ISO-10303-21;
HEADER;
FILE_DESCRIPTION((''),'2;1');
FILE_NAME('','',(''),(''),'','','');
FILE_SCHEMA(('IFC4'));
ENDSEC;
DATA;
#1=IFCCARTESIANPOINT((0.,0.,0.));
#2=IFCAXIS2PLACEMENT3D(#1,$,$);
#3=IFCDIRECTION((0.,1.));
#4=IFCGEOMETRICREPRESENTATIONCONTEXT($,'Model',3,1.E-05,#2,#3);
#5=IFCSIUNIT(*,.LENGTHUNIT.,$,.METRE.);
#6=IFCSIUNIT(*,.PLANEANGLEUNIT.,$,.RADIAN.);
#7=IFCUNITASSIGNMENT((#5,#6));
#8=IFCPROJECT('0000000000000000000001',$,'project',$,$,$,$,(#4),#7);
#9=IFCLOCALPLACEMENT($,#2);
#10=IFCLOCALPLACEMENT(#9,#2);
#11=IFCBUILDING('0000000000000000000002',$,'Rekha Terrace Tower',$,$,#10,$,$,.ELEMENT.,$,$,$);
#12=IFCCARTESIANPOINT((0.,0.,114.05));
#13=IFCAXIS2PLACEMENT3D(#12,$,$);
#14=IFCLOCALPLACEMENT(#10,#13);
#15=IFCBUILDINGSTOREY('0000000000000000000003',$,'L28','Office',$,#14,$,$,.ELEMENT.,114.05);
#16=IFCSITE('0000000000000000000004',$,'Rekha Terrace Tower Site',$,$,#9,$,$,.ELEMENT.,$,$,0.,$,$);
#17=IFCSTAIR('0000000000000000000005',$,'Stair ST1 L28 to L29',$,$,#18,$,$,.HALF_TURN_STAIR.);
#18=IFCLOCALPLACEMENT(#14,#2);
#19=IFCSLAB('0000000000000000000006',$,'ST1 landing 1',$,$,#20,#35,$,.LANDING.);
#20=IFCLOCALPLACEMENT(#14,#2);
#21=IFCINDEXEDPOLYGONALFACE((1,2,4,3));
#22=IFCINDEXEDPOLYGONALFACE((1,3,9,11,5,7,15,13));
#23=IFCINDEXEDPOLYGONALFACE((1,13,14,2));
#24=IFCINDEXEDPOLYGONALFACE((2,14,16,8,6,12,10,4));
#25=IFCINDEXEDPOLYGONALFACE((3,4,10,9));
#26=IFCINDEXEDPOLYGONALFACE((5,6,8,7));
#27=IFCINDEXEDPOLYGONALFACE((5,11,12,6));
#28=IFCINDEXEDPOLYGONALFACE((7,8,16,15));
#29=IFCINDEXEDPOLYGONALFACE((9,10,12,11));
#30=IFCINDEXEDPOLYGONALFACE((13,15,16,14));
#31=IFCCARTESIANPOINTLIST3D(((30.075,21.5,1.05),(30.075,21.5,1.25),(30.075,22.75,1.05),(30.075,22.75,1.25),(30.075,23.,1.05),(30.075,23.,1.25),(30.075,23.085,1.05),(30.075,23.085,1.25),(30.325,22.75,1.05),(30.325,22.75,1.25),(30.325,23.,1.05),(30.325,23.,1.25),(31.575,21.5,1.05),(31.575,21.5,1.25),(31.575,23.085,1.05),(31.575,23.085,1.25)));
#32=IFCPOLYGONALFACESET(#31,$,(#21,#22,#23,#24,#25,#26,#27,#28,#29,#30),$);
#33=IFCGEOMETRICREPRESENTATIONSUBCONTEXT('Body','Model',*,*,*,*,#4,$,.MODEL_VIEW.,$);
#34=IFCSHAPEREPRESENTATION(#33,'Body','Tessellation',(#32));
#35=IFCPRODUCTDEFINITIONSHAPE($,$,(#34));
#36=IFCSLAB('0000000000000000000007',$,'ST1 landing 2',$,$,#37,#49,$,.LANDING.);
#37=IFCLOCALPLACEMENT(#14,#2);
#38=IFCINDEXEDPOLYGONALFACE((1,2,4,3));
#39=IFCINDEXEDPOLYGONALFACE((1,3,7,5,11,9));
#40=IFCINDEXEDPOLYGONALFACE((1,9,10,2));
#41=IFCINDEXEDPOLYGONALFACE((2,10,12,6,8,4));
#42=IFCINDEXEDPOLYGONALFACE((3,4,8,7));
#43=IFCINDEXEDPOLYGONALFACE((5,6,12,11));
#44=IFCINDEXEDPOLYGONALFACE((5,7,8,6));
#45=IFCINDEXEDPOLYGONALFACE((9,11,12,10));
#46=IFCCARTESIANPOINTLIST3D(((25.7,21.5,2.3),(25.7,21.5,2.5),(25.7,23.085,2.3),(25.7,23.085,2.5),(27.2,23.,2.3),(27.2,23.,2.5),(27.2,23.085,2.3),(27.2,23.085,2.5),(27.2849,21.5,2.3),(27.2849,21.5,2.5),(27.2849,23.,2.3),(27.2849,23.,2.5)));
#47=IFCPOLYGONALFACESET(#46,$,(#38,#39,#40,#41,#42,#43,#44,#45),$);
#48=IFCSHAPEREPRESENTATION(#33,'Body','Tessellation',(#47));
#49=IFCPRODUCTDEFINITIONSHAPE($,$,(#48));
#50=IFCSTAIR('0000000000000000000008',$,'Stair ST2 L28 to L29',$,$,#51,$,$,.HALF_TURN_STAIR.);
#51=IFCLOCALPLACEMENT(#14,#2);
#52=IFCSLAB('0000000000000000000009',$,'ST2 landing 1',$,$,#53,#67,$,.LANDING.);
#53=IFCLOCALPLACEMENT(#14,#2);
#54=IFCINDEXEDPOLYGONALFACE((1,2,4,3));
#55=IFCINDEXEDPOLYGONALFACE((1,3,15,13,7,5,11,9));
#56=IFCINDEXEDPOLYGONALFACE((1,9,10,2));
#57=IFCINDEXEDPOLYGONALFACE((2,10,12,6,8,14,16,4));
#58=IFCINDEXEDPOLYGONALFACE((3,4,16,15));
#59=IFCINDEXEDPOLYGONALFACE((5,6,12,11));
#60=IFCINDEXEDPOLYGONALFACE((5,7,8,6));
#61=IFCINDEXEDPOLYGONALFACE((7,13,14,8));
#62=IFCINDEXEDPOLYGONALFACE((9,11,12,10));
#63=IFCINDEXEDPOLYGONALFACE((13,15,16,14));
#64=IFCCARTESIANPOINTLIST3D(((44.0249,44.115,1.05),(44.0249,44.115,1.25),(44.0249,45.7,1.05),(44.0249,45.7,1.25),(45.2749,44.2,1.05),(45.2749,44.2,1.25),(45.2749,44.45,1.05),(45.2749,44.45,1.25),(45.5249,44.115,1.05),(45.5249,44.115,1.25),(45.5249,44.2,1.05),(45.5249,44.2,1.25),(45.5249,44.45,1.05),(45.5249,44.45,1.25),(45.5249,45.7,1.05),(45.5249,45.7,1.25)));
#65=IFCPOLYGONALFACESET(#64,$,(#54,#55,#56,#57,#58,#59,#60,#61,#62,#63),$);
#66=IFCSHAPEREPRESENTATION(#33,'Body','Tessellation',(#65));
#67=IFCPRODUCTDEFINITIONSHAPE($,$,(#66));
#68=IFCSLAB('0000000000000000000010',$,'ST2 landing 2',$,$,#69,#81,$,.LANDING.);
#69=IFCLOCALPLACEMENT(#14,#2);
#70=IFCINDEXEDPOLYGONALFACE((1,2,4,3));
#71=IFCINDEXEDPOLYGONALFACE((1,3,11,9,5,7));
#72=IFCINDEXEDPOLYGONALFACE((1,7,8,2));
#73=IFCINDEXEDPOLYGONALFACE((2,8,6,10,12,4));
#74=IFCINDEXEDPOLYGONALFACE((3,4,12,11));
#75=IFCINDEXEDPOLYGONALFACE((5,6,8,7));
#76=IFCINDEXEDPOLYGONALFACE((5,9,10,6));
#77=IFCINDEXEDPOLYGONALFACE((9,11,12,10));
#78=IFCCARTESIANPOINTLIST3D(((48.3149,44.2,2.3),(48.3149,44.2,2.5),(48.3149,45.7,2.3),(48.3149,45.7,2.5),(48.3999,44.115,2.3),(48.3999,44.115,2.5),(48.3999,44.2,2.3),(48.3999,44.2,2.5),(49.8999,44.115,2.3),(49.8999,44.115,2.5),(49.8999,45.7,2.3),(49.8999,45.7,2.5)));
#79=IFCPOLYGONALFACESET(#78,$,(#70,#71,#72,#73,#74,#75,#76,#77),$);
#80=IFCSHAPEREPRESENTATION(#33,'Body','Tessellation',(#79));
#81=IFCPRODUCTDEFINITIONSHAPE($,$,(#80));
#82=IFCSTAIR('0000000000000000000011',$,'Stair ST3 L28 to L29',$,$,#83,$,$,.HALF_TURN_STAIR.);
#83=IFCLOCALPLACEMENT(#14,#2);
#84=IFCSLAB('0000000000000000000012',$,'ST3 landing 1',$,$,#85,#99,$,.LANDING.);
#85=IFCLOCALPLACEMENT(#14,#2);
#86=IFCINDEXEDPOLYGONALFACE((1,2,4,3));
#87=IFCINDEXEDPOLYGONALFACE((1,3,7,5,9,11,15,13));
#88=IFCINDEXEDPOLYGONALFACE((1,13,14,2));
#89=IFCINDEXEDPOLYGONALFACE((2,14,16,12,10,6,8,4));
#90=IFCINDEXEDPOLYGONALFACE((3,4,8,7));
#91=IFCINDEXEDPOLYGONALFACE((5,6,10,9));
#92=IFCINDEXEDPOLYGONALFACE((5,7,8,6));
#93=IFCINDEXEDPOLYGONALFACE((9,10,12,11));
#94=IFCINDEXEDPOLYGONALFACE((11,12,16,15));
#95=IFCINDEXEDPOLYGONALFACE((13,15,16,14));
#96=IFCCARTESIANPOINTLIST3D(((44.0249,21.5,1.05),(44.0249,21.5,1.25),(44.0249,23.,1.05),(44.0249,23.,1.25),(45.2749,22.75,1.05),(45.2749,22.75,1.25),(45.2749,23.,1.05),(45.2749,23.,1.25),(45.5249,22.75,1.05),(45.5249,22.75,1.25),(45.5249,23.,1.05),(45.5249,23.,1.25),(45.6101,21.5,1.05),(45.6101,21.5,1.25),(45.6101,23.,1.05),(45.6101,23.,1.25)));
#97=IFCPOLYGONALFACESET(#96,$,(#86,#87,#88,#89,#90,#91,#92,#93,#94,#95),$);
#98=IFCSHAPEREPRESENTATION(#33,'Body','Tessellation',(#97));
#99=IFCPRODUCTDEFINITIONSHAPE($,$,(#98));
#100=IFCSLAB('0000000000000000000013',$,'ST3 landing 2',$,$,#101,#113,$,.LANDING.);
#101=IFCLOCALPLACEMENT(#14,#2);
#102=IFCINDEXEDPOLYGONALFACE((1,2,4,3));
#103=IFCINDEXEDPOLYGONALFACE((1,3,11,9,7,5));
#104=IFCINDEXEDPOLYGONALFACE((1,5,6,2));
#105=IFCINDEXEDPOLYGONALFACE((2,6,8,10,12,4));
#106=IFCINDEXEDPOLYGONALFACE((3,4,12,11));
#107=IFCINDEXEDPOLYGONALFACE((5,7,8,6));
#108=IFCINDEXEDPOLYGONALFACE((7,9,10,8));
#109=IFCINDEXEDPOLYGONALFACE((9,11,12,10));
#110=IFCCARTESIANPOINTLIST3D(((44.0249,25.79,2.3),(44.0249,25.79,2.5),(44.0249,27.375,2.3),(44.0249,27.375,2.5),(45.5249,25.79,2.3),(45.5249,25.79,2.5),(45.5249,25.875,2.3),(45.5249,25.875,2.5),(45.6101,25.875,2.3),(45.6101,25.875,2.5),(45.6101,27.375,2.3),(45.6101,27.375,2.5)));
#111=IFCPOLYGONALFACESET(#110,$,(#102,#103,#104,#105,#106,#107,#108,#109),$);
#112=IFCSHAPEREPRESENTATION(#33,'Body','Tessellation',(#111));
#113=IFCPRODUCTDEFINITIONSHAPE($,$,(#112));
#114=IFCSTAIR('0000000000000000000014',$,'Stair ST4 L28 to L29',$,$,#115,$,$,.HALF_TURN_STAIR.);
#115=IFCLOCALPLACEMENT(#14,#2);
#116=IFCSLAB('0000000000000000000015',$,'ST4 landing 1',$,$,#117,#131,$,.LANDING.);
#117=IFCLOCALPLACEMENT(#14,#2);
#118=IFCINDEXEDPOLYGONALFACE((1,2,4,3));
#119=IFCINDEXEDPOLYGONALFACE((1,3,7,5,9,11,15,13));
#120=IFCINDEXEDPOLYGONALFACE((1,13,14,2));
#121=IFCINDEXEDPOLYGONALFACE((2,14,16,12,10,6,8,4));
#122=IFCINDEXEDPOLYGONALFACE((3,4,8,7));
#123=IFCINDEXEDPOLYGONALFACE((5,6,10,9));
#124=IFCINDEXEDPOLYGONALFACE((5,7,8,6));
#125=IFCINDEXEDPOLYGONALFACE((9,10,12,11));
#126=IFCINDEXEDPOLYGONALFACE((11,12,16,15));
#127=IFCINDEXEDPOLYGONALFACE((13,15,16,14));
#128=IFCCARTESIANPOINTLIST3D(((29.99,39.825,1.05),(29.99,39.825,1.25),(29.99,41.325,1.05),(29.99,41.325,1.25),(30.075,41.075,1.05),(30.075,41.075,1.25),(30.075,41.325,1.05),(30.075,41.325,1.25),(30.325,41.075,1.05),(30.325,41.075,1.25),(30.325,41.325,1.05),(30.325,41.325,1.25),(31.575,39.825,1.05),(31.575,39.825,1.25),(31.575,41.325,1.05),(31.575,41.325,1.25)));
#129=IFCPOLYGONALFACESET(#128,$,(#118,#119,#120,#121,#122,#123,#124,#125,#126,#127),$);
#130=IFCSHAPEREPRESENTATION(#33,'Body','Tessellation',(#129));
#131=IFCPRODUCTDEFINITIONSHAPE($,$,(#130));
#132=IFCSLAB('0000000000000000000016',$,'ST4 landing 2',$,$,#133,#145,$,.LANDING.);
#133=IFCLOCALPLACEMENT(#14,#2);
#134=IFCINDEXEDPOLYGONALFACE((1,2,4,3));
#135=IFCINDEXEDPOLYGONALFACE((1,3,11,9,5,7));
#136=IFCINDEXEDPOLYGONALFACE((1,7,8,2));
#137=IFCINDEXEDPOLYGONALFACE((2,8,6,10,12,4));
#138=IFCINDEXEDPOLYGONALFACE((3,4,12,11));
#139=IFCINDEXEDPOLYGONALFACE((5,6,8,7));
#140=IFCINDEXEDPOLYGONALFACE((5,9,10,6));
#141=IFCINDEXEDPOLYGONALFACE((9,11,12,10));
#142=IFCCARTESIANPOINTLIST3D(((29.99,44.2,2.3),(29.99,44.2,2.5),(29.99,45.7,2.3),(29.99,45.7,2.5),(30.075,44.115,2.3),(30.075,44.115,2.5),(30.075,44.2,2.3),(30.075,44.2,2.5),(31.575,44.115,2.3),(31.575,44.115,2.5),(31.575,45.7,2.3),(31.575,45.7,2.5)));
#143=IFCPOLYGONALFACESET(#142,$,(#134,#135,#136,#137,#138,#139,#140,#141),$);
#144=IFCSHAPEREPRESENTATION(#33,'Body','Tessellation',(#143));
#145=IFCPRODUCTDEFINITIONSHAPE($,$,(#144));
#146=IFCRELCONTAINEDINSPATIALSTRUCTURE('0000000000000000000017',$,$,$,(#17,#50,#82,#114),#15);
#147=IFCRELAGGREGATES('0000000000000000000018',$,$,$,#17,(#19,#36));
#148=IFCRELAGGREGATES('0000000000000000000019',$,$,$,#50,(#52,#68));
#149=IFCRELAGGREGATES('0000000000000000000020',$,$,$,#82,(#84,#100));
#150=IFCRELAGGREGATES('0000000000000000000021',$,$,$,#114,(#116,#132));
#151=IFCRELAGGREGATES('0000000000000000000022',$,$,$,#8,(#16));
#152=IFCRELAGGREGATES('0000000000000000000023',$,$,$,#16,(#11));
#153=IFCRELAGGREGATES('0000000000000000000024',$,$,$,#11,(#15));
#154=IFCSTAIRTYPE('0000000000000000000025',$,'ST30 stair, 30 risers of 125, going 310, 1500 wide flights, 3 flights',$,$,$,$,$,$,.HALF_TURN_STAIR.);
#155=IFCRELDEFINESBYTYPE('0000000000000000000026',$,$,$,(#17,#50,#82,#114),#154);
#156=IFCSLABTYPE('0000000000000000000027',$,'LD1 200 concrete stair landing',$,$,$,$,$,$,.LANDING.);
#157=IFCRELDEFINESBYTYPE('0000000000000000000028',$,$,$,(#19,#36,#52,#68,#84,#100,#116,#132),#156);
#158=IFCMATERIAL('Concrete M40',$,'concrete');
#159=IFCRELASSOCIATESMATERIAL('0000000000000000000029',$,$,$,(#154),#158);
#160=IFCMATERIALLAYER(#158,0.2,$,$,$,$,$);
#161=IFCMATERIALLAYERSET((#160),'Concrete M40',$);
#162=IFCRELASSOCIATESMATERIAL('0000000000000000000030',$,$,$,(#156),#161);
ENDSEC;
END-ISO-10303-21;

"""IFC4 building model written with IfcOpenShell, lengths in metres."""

from ifc_helpers import new_model, si_unit, direction, frame, origin, place, context, subcontext, project, spatial, polyline, outline, extrude, material, layer, layer_set, type_object, element, aggregate, save


model = new_model("IFC4")

# Units and contexts
model_context = context("Model", 3, precision=1e-05, world=origin(), true_north=direction((0.0, 1.0)))
body_context = subcontext(model_context, "Body", "Model", "MODEL_VIEW")
ifc_project = project(units=[si_unit("LENGTHUNIT", "METRE"), si_unit("PLANEANGLEUNIT", "RADIAN")], contexts=[model_context])

# Site, building, storey
site_placement = place(None, origin())
site = spatial("IfcSite", under=ifc_project, at=site_placement, Name="Rekha Terrace Tower Site", CompositionType="ELEMENT", RefElevation=0.0)
building_placement = place(site_placement, origin())
building = spatial("IfcBuilding", under=site, at=building_placement, Name="Rekha Terrace Tower", CompositionType="ELEMENT")
storey_placement = place(building_placement, frame((0.0, 0.0, 114.05)))
storey = spatial("IfcBuildingStorey", under=building, at=storey_placement, Name="L28", Description="Office", CompositionType="ELEMENT", Elevation=114.05)

# Stairs, slabs
ifc_material_1 = material(Name="Concrete M40", Category="concrete")
stair_type = type_object("IfcStairType", Name="ST30 stair, 30 risers of 125, going 310, 1500 wide flights, 3 flights", PredefinedType="HALF_TURN_STAIR", material=ifc_material_1)
stair_1_placement = place(storey_placement, origin())
stair_1 = element("IfcStair", 1, at=stair_1_placement, inside=storey, type_object=stair_type, Name="Stair ST1 L28 to L29", PredefinedType="HALF_TURN_STAIR")
ifc_layer_1 = layer(ifc_material_1, 0.2)
ifc_layer_set_1 = layer_set([ifc_layer_1], Name="Concrete M40")
slab_type_1 = type_object("IfcSlabType", Name="LD1 200 concrete stair landing", PredefinedType="LANDING", material=ifc_layer_set_1)
slab_1_placement = place(storey_placement, frame((0.0, 0.0, 1.05)))
slab_1 = element("IfcSlab", 2, at=slab_1_placement, type_object=slab_type_1, Name="ST1 landing 1", PredefinedType="LANDING", context=body_context, shape_type="SweptSolid", body=[
    extrude(outline(polyline([(30.075, 21.5), (31.575, 21.5), (31.575, 23.085), (30.075, 23.085), (30.075, 23.0), (30.325, 23.0), (30.325, 22.75), (30.075, 22.75), (30.075, 21.5)])), origin(), (0.0, 0.0, 1.0), 0.2),
])
slab_2_placement = place(storey_placement, frame((0.0, 0.0, 2.3)))
slab_2 = element("IfcSlab", 3, at=slab_2_placement, type_object=slab_type_1, Name="ST1 landing 2", PredefinedType="LANDING", context=body_context, shape_type="SweptSolid", body=[
    extrude(outline(polyline([(27.2, 23.085), (25.7, 23.085), (25.7, 21.5), (27.2849, 21.5), (27.2849, 23.0), (27.2, 23.0), (27.2, 23.085)])), origin(), (0.0, 0.0, 1.0), 0.2),
])
aggregate(stair_1, [slab_1, slab_2])
stair_2_placement = place(storey_placement, origin())
stair_2 = element("IfcStair", 4, at=stair_2_placement, inside=storey, type_object=stair_type, Name="Stair ST2 L28 to L29", PredefinedType="HALF_TURN_STAIR")
slab_3_placement = place(storey_placement, frame((0.0, 0.0, 1.05)))
slab_3 = element("IfcSlab", 5, at=slab_3_placement, type_object=slab_type_1, Name="ST2 landing 1", PredefinedType="LANDING", context=body_context, shape_type="SweptSolid", body=[
    extrude(outline(polyline([(45.5249, 45.7), (44.0249, 45.7), (44.0249, 44.115), (45.5249, 44.115), (45.5249, 44.2), (45.2749, 44.2), (45.2749, 44.45), (45.5249, 44.45), (45.5249, 45.7)])), origin(), (0.0, 0.0, 1.0), 0.2),
])
slab_4_placement = place(storey_placement, frame((0.0, 0.0, 2.3)))
slab_4 = element("IfcSlab", 6, at=slab_4_placement, type_object=slab_type_1, Name="ST2 landing 2", PredefinedType="LANDING", context=body_context, shape_type="SweptSolid", body=[
    extrude(outline(polyline([(48.3999, 44.115), (49.8999, 44.115), (49.8999, 45.7), (48.3149, 45.7), (48.3149, 44.2), (48.3999, 44.2), (48.3999, 44.115)])), origin(), (0.0, 0.0, 1.0), 0.2),
])
aggregate(stair_2, [slab_3, slab_4])
stair_3_placement = place(storey_placement, origin())
stair_3 = element("IfcStair", 7, at=stair_3_placement, inside=storey, type_object=stair_type, Name="Stair ST3 L28 to L29", PredefinedType="HALF_TURN_STAIR")
slab_5_placement = place(storey_placement, frame((0.0, 0.0, 1.05)))
slab_5 = element("IfcSlab", 8, at=slab_5_placement, type_object=slab_type_1, Name="ST3 landing 1", PredefinedType="LANDING", context=body_context, shape_type="SweptSolid", body=[
    extrude(outline(polyline([(44.0249, 23.0), (44.0249, 21.5), (45.6101, 21.5), (45.6101, 23.0), (45.5249, 23.0), (45.5249, 22.75), (45.2749, 22.75), (45.2749, 23.0), (44.0249, 23.0)])), origin(), (0.0, 0.0, 1.0), 0.2),
])
slab_6_placement = place(storey_placement, frame((0.0, 0.0, 2.3)))
slab_6 = element("IfcSlab", 9, at=slab_6_placement, type_object=slab_type_1, Name="ST3 landing 2", PredefinedType="LANDING", context=body_context, shape_type="SweptSolid", body=[
    extrude(outline(polyline([(45.6101, 25.875), (45.6101, 27.375), (44.0249, 27.375), (44.0249, 25.79), (45.5249, 25.79), (45.5249, 25.875), (45.6101, 25.875)])), origin(), (0.0, 0.0, 1.0), 0.2),
])
aggregate(stair_3, [slab_5, slab_6])
stair_4_placement = place(storey_placement, origin())
stair_4 = element("IfcStair", 10, at=stair_4_placement, inside=storey, type_object=stair_type, Name="Stair ST4 L28 to L29", PredefinedType="HALF_TURN_STAIR")
slab_7_placement = place(storey_placement, frame((0.0, 0.0, 1.05)))
slab_7 = element("IfcSlab", 11, at=slab_7_placement, type_object=slab_type_1, Name="ST4 landing 1", PredefinedType="LANDING", context=body_context, shape_type="SweptSolid", body=[
    extrude(outline(polyline([(31.575, 41.325), (31.575, 39.825), (29.99, 39.825), (29.99, 41.325), (30.075, 41.325), (30.075, 41.075), (30.325, 41.075), (30.325, 41.325), (31.575, 41.325)])), origin(), (0.0, 0.0, 1.0), 0.2),
])
slab_8_placement = place(storey_placement, frame((0.0, 0.0, 2.3)))
slab_8 = element("IfcSlab", 12, at=slab_8_placement, type_object=slab_type_1, Name="ST4 landing 2", PredefinedType="LANDING", context=body_context, shape_type="SweptSolid", body=[
    extrude(outline(polyline([(29.99, 44.2), (29.99, 45.7), (31.575, 45.7), (31.575, 44.115), (30.075, 44.115), (30.075, 44.2), (29.99, 44.2)])), origin(), (0.0, 0.0, 1.0), 0.2),
])
aggregate(stair_4, [slab_7, slab_8])

save(model, "model.ifc")
